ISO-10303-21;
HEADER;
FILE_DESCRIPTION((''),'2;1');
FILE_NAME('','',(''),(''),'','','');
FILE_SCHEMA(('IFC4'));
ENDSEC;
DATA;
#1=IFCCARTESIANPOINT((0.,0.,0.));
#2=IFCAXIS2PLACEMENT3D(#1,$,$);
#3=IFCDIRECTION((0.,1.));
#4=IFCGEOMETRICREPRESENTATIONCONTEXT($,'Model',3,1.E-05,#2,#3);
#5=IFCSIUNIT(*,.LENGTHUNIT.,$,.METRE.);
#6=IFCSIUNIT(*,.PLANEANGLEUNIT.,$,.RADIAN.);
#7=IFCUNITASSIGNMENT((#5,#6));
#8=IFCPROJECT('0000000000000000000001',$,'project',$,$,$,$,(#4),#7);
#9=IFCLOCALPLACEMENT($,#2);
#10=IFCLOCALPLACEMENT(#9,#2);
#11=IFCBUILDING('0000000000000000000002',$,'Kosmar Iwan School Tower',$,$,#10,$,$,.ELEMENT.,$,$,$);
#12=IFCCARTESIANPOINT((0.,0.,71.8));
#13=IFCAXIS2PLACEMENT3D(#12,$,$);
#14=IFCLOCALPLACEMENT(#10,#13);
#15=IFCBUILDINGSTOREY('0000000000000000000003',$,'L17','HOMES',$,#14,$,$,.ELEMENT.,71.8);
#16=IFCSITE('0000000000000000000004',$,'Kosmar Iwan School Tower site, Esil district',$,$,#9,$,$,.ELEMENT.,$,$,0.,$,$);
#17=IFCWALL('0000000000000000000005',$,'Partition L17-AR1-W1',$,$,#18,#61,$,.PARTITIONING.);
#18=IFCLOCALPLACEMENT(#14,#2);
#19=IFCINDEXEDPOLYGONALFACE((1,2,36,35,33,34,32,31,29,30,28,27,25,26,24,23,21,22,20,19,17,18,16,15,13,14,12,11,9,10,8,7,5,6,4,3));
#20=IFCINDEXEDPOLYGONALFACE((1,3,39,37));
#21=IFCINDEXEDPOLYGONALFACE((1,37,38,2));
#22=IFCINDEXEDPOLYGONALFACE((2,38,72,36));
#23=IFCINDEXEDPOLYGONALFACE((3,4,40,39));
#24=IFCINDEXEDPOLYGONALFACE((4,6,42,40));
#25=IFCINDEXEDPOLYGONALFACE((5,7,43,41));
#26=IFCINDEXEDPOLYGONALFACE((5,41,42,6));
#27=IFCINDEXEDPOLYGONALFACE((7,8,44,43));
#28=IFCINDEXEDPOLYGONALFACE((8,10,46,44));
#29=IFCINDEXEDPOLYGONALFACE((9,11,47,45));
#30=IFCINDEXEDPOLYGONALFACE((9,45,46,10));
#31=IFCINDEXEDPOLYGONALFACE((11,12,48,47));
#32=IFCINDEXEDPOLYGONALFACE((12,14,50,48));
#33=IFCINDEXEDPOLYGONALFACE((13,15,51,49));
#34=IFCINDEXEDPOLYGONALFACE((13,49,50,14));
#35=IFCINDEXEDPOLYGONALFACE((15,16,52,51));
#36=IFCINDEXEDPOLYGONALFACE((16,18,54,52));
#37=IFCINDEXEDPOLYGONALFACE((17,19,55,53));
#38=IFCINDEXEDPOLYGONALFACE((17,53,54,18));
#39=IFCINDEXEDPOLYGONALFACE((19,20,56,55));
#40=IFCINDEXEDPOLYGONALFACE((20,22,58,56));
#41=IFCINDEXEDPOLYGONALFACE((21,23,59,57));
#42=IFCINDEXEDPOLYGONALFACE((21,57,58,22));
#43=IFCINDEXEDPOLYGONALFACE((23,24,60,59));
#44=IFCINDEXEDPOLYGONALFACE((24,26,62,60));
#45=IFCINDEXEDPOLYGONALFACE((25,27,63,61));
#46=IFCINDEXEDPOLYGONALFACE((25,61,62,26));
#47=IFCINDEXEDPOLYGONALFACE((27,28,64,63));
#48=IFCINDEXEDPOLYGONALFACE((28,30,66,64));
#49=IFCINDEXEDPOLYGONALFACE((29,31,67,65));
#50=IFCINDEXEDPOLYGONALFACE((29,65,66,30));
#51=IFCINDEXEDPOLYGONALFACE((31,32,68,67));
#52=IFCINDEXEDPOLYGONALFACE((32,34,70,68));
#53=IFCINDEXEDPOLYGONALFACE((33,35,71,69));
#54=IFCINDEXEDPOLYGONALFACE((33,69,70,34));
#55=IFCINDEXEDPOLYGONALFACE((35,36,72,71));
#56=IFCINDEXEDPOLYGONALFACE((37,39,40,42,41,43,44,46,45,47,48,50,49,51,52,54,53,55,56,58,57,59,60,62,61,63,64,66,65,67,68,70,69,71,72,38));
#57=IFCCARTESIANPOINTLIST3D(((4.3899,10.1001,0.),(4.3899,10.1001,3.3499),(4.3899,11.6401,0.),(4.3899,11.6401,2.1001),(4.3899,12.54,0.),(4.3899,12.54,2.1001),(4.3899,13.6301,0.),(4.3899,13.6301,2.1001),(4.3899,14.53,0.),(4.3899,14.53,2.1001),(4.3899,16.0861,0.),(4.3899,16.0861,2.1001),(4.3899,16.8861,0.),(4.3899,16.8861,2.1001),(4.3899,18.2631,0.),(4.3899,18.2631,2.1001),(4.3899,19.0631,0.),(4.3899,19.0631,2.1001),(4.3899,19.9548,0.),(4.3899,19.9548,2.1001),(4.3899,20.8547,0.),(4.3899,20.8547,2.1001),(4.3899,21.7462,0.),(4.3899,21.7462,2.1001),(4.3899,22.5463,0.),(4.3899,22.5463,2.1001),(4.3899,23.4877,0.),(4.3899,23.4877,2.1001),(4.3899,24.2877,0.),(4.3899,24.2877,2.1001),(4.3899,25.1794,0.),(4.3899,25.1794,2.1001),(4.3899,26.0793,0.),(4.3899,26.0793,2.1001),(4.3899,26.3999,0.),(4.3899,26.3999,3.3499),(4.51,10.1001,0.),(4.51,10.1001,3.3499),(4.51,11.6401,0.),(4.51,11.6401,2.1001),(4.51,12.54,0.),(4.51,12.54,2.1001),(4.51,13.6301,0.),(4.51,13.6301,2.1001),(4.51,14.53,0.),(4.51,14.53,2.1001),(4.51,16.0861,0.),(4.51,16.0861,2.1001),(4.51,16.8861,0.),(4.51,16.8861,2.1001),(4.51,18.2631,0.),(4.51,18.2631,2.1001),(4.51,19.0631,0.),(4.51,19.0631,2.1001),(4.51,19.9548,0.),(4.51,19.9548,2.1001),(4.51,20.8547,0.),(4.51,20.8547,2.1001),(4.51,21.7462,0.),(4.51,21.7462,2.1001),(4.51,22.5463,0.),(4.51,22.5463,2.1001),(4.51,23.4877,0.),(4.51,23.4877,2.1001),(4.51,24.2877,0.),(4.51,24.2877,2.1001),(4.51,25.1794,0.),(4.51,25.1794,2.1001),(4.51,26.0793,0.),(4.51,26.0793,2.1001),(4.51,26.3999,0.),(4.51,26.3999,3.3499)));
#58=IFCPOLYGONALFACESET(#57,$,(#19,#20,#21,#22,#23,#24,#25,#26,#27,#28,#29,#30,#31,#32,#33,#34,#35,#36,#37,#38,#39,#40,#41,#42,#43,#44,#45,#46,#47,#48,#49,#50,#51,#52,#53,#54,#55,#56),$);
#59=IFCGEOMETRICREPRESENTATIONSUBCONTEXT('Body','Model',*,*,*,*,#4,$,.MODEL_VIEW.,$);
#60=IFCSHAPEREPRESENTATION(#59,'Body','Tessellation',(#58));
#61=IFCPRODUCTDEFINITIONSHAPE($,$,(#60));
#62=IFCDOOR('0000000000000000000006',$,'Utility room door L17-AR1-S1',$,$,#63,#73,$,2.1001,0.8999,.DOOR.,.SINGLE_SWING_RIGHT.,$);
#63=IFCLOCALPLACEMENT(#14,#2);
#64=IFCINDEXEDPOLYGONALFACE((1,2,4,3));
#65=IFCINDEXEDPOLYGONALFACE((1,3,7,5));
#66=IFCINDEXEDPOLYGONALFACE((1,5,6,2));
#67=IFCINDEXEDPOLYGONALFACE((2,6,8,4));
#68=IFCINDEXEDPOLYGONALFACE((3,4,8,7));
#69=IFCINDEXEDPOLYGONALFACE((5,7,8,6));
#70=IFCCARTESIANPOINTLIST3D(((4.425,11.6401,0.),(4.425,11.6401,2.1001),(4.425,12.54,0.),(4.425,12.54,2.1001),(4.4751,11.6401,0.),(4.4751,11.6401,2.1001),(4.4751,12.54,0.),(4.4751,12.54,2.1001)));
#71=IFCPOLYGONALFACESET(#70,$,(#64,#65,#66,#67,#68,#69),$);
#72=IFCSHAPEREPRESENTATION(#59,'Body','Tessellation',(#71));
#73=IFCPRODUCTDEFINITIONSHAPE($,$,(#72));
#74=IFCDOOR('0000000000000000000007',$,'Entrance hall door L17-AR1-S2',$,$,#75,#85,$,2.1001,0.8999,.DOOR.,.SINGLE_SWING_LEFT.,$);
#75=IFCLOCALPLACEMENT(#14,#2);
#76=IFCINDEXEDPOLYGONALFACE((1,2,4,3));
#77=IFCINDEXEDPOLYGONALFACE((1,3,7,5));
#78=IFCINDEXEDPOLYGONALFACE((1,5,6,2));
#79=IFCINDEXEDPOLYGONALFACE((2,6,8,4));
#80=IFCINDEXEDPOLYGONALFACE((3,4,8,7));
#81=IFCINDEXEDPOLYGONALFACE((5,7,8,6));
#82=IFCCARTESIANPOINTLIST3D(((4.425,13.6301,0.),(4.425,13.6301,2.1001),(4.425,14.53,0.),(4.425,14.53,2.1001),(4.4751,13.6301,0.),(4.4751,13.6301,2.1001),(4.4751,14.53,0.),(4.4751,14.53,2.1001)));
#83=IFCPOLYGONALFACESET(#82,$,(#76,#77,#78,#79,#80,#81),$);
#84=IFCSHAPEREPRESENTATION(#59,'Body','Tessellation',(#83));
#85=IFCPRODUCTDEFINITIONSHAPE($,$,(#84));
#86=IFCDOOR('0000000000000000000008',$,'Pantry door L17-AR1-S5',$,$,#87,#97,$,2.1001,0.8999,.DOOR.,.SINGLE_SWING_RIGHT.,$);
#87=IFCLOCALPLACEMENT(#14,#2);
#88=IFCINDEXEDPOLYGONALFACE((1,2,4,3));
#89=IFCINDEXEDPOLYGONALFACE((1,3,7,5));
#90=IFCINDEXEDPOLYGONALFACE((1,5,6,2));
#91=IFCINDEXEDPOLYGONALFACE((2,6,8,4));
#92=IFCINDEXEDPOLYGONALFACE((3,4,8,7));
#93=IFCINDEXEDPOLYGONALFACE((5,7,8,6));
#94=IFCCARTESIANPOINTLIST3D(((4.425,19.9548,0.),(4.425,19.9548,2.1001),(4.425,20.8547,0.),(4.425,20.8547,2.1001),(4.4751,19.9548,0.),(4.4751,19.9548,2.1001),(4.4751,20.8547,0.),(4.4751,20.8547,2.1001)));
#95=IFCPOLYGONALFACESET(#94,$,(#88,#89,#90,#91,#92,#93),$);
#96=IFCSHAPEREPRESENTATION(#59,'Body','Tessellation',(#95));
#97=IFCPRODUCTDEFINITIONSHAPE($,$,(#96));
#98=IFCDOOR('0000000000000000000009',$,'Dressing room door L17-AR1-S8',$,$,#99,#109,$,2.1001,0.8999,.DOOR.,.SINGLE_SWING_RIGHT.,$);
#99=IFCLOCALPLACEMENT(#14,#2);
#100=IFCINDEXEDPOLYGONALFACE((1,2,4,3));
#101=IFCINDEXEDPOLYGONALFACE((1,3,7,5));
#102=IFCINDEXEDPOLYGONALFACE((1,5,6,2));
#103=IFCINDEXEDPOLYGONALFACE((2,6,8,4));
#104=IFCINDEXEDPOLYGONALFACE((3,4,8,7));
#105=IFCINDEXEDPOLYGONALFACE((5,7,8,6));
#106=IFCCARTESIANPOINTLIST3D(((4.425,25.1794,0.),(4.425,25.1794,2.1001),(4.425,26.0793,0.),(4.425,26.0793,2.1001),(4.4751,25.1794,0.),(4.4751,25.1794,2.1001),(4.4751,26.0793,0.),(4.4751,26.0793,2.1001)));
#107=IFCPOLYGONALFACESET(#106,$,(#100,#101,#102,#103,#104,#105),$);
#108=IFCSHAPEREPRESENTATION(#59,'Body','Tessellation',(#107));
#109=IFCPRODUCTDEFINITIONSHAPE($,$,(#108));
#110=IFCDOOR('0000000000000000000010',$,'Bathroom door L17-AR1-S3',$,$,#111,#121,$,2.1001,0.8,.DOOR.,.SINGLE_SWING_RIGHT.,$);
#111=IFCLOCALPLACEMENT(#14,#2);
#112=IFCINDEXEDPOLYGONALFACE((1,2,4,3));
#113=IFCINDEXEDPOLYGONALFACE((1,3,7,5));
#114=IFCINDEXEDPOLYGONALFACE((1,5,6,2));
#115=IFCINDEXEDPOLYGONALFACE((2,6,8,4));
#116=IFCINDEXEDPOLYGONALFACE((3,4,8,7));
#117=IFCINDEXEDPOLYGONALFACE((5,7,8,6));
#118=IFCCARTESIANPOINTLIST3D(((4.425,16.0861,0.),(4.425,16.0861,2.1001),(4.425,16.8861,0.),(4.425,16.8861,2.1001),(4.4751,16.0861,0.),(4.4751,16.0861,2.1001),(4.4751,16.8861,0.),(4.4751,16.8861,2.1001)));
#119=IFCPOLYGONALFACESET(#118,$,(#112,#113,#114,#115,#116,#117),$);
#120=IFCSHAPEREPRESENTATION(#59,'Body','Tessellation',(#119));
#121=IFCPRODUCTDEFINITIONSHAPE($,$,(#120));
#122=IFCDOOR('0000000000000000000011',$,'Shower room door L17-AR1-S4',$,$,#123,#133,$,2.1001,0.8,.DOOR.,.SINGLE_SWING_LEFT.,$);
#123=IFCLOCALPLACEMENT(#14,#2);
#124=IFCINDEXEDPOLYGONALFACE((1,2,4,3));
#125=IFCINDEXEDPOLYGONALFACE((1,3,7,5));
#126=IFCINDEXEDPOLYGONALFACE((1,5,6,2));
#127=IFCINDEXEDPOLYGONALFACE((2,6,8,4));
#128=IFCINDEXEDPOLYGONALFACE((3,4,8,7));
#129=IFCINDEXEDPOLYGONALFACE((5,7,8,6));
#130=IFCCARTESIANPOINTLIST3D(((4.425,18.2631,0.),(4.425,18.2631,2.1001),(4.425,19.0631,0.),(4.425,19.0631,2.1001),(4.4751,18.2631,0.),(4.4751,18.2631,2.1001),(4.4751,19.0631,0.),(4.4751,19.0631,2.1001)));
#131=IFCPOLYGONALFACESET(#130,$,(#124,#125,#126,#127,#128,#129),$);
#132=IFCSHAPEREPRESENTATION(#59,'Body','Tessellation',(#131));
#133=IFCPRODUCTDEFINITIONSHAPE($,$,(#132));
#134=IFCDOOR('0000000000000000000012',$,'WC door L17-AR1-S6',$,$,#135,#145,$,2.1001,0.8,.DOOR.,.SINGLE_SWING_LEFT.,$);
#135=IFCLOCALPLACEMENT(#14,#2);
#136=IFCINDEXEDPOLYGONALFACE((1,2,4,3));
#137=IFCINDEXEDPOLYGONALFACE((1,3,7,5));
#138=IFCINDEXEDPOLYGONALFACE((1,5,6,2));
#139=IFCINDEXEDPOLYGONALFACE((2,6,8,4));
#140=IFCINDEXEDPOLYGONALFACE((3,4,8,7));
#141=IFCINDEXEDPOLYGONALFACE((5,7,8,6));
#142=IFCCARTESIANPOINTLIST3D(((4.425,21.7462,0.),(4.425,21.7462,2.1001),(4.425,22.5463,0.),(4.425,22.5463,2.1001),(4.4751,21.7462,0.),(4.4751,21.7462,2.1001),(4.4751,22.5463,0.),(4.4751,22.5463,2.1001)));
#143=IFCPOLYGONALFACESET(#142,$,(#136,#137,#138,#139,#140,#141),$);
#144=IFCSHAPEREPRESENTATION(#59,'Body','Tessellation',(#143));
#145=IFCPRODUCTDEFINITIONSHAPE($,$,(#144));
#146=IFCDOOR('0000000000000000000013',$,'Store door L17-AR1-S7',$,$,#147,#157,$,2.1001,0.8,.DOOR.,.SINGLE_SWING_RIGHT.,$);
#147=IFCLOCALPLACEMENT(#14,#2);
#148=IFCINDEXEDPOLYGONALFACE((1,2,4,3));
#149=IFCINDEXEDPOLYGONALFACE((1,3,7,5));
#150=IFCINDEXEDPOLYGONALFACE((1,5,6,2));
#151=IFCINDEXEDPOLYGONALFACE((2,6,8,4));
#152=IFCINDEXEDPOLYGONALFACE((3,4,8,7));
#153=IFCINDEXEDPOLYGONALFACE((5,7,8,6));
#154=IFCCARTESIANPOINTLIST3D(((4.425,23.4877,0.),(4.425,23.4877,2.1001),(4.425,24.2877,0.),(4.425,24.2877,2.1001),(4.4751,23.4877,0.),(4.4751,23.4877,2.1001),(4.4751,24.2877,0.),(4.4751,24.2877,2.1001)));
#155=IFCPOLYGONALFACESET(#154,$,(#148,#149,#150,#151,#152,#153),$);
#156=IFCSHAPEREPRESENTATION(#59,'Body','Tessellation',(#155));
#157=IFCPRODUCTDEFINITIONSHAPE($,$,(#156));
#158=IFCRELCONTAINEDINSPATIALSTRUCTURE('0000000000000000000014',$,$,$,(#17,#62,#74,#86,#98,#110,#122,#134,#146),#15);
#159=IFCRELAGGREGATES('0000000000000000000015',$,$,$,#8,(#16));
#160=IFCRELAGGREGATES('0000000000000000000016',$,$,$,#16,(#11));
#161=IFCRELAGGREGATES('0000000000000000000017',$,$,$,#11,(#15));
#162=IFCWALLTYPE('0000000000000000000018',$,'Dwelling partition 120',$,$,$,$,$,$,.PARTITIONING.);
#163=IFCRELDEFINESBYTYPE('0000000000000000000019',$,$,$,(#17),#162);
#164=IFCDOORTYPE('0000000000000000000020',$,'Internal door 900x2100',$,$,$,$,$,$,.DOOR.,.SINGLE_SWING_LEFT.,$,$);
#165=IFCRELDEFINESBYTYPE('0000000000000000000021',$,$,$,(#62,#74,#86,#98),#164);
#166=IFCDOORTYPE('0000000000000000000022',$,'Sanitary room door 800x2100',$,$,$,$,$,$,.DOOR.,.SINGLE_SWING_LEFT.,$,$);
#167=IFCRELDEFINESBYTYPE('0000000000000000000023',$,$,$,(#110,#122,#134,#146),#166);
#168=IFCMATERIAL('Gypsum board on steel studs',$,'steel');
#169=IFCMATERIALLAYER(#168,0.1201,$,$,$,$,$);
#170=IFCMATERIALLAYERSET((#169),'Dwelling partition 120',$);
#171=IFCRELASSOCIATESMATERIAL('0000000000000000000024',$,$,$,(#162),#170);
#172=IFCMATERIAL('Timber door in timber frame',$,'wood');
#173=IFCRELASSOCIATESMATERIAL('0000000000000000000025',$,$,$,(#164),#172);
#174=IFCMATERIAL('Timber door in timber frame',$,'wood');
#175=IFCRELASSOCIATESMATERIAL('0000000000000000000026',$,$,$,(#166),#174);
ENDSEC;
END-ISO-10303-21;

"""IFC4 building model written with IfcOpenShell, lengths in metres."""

from ifc_helpers import new_model, si_unit, direction, frame, frame_2d, origin, place, context, subcontext, project, spatial, rectangle, extrude, material, layer, layer_set, type_object, element, fill, save


model = new_model("IFC4")

# Units and contexts
model_context = context("Model", 3, precision=1e-05, world=origin(), true_north=direction((0.0, 1.0)))
body_context = subcontext(model_context, "Body", "Model", "MODEL_VIEW")
ifc_project = project(units=[si_unit("LENGTHUNIT", "METRE"), si_unit("PLANEANGLEUNIT", "RADIAN")], contexts=[model_context])

# Site, building, storey
site_placement = place(None, origin())
site = spatial("IfcSite", under=ifc_project, at=site_placement, Name="Kosmar Iwan School Tower site, Esil district", CompositionType="ELEMENT", RefElevation=0.0)
building_placement = place(site_placement, origin())
building = spatial("IfcBuilding", under=site, at=building_placement, Name="Kosmar Iwan School Tower", CompositionType="ELEMENT")
storey_placement = place(building_placement, frame((0.0, 0.0, 71.8)))
storey = spatial("IfcBuildingStorey", under=building, at=storey_placement, Name="L17", Description="HOMES", CompositionType="ELEMENT", Elevation=71.8)

# Wall, openings, doors
ifc_material_1 = material(Name="Gypsum board on steel studs", Category="steel")
ifc_layer_1 = layer(ifc_material_1, 0.1201)
ifc_layer_set_1 = layer_set([ifc_layer_1], Name="Dwelling partition 120")
wall_type_1 = type_object("IfcWallType", Name="Dwelling partition 120", PredefinedType="PARTITIONING", material=ifc_layer_set_1)
wall_1_placement = place(storey_placement, frame((4.45, 10.1001, 0.0), z_axis=(0.0, 0.0, 1.0), x_axis=(0.0, 1.0, 0.0)))
wall_1 = element("IfcWall", 1, at=wall_1_placement, inside=storey, type_object=wall_type_1, Name="Partition L17-AR1-W1", PredefinedType="PARTITIONING", context=body_context, shape_type="SweptSolid", body=[
    extrude(rectangle(XDim=16.2998, YDim=0.1201, at=frame_2d((8.1499, 0.0))), origin(), (0.0, 0.0, 1.0), 3.3499),
])
opening_1_placement = place(wall_1_placement, frame((1.54, 0.0, 0.0)))
opening_1 = element("IfcOpeningElement", 2, at=opening_1_placement, cuts=wall_1, PredefinedType="OPENING", context=body_context, shape_type="SweptSolid", body=[
    extrude(rectangle(XDim=0.8999, YDim=2.1001, at=frame_2d((0.45, 1.05))), frame((0.0, 0.072, 0.0), z_axis=(0.0, -1.0, 0.0), x_axis=(1.0, 0.0, 0.0)), (0.0, 0.0, 1.0), 0.144),
])
opening_2_placement = place(wall_1_placement, frame((3.53, 0.0, 0.0)))
opening_2 = element("IfcOpeningElement", 3, at=opening_2_placement, cuts=wall_1, PredefinedType="OPENING", context=body_context, shape_type="SweptSolid", body=[
    extrude(rectangle(XDim=0.8999, YDim=2.1001, at=frame_2d((0.45, 1.05))), frame((0.0, 0.072, 0.0), z_axis=(0.0, -1.0, 0.0), x_axis=(1.0, 0.0, 0.0)), (0.0, 0.0, 1.0), 0.144),
])
opening_3_placement = place(wall_1_placement, frame((5.9861, 0.0, 0.0)))
opening_3 = element("IfcOpeningElement", 4, at=opening_3_placement, cuts=wall_1, PredefinedType="OPENING", context=body_context, shape_type="SweptSolid", body=[
    extrude(rectangle(XDim=0.8, YDim=2.1001, at=frame_2d((0.3999, 1.05))), frame((0.0, 0.072, 0.0), z_axis=(0.0, -1.0, 0.0), x_axis=(1.0, 0.0, 0.0)), (0.0, 0.0, 1.0), 0.144),
])
opening_4_placement = place(wall_1_placement, frame((8.1631, 0.0, 0.0)))
opening_4 = element("IfcOpeningElement", 5, at=opening_4_placement, cuts=wall_1, PredefinedType="OPENING", context=body_context, shape_type="SweptSolid", body=[
    extrude(rectangle(XDim=0.8, YDim=2.1001, at=frame_2d((0.3999, 1.05))), frame((0.0, 0.072, 0.0), z_axis=(0.0, -1.0, 0.0), x_axis=(1.0, 0.0, 0.0)), (0.0, 0.0, 1.0), 0.144),
])
opening_5_placement = place(wall_1_placement, frame((9.8547, 0.0, 0.0)))
opening_5 = element("IfcOpeningElement", 6, at=opening_5_placement, cuts=wall_1, PredefinedType="OPENING", context=body_context, shape_type="SweptSolid", body=[
    extrude(rectangle(XDim=0.8999, YDim=2.1001, at=frame_2d((0.45, 1.05))), frame((0.0, 0.072, 0.0), z_axis=(0.0, -1.0, 0.0), x_axis=(1.0, 0.0, 0.0)), (0.0, 0.0, 1.0), 0.144),
])
opening_6_placement = place(wall_1_placement, frame((11.6462, 0.0, 0.0)))
opening_6 = element("IfcOpeningElement", 7, at=opening_6_placement, cuts=wall_1, PredefinedType="OPENING", context=body_context, shape_type="SweptSolid", body=[
    extrude(rectangle(XDim=0.8, YDim=2.1001, at=frame_2d((0.3999, 1.05))), frame((0.0, 0.072, 0.0), z_axis=(0.0, -1.0, 0.0), x_axis=(1.0, 0.0, 0.0)), (0.0, 0.0, 1.0), 0.144),
])
opening_7_placement = place(wall_1_placement, frame((13.3877, 0.0, 0.0)))
opening_7 = element("IfcOpeningElement", 8, at=opening_7_placement, cuts=wall_1, PredefinedType="OPENING", context=body_context, shape_type="SweptSolid", body=[
    extrude(rectangle(XDim=0.8, YDim=2.1001, at=frame_2d((0.3999, 1.05))), frame((0.0, 0.072, 0.0), z_axis=(0.0, -1.0, 0.0), x_axis=(1.0, 0.0, 0.0)), (0.0, 0.0, 1.0), 0.144),
])
opening_8_placement = place(wall_1_placement, frame((15.0793, 0.0, 0.0)))
opening_8 = element("IfcOpeningElement", 9, at=opening_8_placement, cuts=wall_1, PredefinedType="OPENING", context=body_context, shape_type="SweptSolid", body=[
    extrude(rectangle(XDim=0.8999, YDim=2.1001, at=frame_2d((0.45, 1.05))), frame((0.0, 0.072, 0.0), z_axis=(0.0, -1.0, 0.0), x_axis=(1.0, 0.0, 0.0)), (0.0, 0.0, 1.0), 0.144),
])
ifc_material_2 = material(Name="Timber door in timber frame", Category="wood")
door_type_1 = type_object("IfcDoorType", Name="Internal door 900x2100", OperationType="SINGLE_SWING_LEFT", PredefinedType="DOOR", material=ifc_material_2)
door_1_placement = place(opening_1_placement, origin())
door_1 = element("IfcDoor", 10, at=door_1_placement, inside=storey, type_object=door_type_1, Name="Utility room door L17-AR1-S1", OperationType="SINGLE_SWING_RIGHT", OverallHeight=2.1001, OverallWidth=0.8999, PredefinedType="DOOR", context=body_context, shape_type="SweptSolid", body=[
    extrude(rectangle(XDim=0.8999, YDim=2.1001, at=frame_2d((0.45, 1.05))), frame((0.0, 0.0249, 0.0), z_axis=(0.0, -1.0, 0.0), x_axis=(1.0, 0.0, 0.0)), (0.0, 0.0, 1.0), 0.05),
])
fill(opening_1, door_1)
door_2_placement = place(opening_2_placement, origin())
door_2 = element("IfcDoor", 11, at=door_2_placement, inside=storey, type_object=door_type_1, Name="Entrance hall door L17-AR1-S2", OperationType="SINGLE_SWING_LEFT", OverallHeight=2.1001, OverallWidth=0.8999, PredefinedType="DOOR", context=body_context, shape_type="SweptSolid", body=[
    extrude(rectangle(XDim=0.8999, YDim=2.1001, at=frame_2d((0.45, 1.05))), frame((0.0, 0.0249, 0.0), z_axis=(0.0, -1.0, 0.0), x_axis=(1.0, 0.0, 0.0)), (0.0, 0.0, 1.0), 0.05),
])
fill(opening_2, door_2)
door_3_placement = place(opening_5_placement, origin())
door_3 = element("IfcDoor", 12, at=door_3_placement, inside=storey, type_object=door_type_1, Name="Pantry door L17-AR1-S5", OperationType="SINGLE_SWING_RIGHT", OverallHeight=2.1001, OverallWidth=0.8999, PredefinedType="DOOR", context=body_context, shape_type="SweptSolid", body=[
    extrude(rectangle(XDim=0.8999, YDim=2.1001, at=frame_2d((0.45, 1.05))), frame((0.0, 0.0249, 0.0), z_axis=(0.0, -1.0, 0.0), x_axis=(1.0, 0.0, 0.0)), (0.0, 0.0, 1.0), 0.05),
])
fill(opening_5, door_3)
door_4_placement = place(opening_8_placement, origin())
door_4 = element("IfcDoor", 13, at=door_4_placement, inside=storey, type_object=door_type_1, Name="Dressing room door L17-AR1-S8", OperationType="SINGLE_SWING_RIGHT", OverallHeight=2.1001, OverallWidth=0.8999, PredefinedType="DOOR", context=body_context, shape_type="SweptSolid", body=[
    extrude(rectangle(XDim=0.8999, YDim=2.1001, at=frame_2d((0.45, 1.05))), frame((0.0, 0.0249, 0.0), z_axis=(0.0, -1.0, 0.0), x_axis=(1.0, 0.0, 0.0)), (0.0, 0.0, 1.0), 0.05),
])
fill(opening_8, door_4)
ifc_material_3 = material(Name="Timber door in timber frame", Category="wood")
door_type_2 = type_object("IfcDoorType", Name="Sanitary room door 800x2100", OperationType="SINGLE_SWING_LEFT", PredefinedType="DOOR", material=ifc_material_3)
door_5_placement = place(opening_3_placement, origin())
door_5 = element("IfcDoor", 14, at=door_5_placement, inside=storey, type_object=door_type_2, Name="Bathroom door L17-AR1-S3", OperationType="SINGLE_SWING_RIGHT", OverallHeight=2.1001, OverallWidth=0.8, PredefinedType="DOOR", context=body_context, shape_type="SweptSolid", body=[
    extrude(rectangle(XDim=0.8, YDim=2.1001, at=frame_2d((0.3999, 1.05))), frame((0.0, 0.0249, 0.0), z_axis=(0.0, -1.0, 0.0), x_axis=(1.0, 0.0, 0.0)), (0.0, 0.0, 1.0), 0.05),
])
fill(opening_3, door_5)
door_6_placement = place(opening_4_placement, origin())
door_6 = element("IfcDoor", 15, at=door_6_placement, inside=storey, type_object=door_type_2, Name="Shower room door L17-AR1-S4", OperationType="SINGLE_SWING_LEFT", OverallHeight=2.1001, OverallWidth=0.8, PredefinedType="DOOR", context=body_context, shape_type="SweptSolid", body=[
    extrude(rectangle(XDim=0.8, YDim=2.1001, at=frame_2d((0.3999, 1.05))), frame((0.0, 0.0249, 0.0), z_axis=(0.0, -1.0, 0.0), x_axis=(1.0, 0.0, 0.0)), (0.0, 0.0, 1.0), 0.05),
])
fill(opening_4, door_6)
door_7_placement = place(opening_6_placement, origin())
door_7 = element("IfcDoor", 16, at=door_7_placement, inside=storey, type_object=door_type_2, Name="WC door L17-AR1-S6", OperationType="SINGLE_SWING_LEFT", OverallHeight=2.1001, OverallWidth=0.8, PredefinedType="DOOR", context=body_context, shape_type="SweptSolid", body=[
    extrude(rectangle(XDim=0.8, YDim=2.1001, at=frame_2d((0.3999, 1.05))), frame((0.0, 0.0249, 0.0), z_axis=(0.0, -1.0, 0.0), x_axis=(1.0, 0.0, 0.0)), (0.0, 0.0, 1.0), 0.05),
])
fill(opening_6, door_7)
door_8_placement = place(opening_7_placement, origin())
door_8 = element("IfcDoor", 17, at=door_8_placement, inside=storey, type_object=door_type_2, Name="Store door L17-AR1-S7", OperationType="SINGLE_SWING_RIGHT", OverallHeight=2.1001, OverallWidth=0.8, PredefinedType="DOOR", context=body_context, shape_type="SweptSolid", body=[
    extrude(rectangle(XDim=0.8, YDim=2.1001, at=frame_2d((0.3999, 1.05))), frame((0.0, 0.0249, 0.0), z_axis=(0.0, -1.0, 0.0), x_axis=(1.0, 0.0, 0.0)), (0.0, 0.0, 1.0), 0.05),
])
fill(opening_7, door_8)

save(model, "model.ifc")
